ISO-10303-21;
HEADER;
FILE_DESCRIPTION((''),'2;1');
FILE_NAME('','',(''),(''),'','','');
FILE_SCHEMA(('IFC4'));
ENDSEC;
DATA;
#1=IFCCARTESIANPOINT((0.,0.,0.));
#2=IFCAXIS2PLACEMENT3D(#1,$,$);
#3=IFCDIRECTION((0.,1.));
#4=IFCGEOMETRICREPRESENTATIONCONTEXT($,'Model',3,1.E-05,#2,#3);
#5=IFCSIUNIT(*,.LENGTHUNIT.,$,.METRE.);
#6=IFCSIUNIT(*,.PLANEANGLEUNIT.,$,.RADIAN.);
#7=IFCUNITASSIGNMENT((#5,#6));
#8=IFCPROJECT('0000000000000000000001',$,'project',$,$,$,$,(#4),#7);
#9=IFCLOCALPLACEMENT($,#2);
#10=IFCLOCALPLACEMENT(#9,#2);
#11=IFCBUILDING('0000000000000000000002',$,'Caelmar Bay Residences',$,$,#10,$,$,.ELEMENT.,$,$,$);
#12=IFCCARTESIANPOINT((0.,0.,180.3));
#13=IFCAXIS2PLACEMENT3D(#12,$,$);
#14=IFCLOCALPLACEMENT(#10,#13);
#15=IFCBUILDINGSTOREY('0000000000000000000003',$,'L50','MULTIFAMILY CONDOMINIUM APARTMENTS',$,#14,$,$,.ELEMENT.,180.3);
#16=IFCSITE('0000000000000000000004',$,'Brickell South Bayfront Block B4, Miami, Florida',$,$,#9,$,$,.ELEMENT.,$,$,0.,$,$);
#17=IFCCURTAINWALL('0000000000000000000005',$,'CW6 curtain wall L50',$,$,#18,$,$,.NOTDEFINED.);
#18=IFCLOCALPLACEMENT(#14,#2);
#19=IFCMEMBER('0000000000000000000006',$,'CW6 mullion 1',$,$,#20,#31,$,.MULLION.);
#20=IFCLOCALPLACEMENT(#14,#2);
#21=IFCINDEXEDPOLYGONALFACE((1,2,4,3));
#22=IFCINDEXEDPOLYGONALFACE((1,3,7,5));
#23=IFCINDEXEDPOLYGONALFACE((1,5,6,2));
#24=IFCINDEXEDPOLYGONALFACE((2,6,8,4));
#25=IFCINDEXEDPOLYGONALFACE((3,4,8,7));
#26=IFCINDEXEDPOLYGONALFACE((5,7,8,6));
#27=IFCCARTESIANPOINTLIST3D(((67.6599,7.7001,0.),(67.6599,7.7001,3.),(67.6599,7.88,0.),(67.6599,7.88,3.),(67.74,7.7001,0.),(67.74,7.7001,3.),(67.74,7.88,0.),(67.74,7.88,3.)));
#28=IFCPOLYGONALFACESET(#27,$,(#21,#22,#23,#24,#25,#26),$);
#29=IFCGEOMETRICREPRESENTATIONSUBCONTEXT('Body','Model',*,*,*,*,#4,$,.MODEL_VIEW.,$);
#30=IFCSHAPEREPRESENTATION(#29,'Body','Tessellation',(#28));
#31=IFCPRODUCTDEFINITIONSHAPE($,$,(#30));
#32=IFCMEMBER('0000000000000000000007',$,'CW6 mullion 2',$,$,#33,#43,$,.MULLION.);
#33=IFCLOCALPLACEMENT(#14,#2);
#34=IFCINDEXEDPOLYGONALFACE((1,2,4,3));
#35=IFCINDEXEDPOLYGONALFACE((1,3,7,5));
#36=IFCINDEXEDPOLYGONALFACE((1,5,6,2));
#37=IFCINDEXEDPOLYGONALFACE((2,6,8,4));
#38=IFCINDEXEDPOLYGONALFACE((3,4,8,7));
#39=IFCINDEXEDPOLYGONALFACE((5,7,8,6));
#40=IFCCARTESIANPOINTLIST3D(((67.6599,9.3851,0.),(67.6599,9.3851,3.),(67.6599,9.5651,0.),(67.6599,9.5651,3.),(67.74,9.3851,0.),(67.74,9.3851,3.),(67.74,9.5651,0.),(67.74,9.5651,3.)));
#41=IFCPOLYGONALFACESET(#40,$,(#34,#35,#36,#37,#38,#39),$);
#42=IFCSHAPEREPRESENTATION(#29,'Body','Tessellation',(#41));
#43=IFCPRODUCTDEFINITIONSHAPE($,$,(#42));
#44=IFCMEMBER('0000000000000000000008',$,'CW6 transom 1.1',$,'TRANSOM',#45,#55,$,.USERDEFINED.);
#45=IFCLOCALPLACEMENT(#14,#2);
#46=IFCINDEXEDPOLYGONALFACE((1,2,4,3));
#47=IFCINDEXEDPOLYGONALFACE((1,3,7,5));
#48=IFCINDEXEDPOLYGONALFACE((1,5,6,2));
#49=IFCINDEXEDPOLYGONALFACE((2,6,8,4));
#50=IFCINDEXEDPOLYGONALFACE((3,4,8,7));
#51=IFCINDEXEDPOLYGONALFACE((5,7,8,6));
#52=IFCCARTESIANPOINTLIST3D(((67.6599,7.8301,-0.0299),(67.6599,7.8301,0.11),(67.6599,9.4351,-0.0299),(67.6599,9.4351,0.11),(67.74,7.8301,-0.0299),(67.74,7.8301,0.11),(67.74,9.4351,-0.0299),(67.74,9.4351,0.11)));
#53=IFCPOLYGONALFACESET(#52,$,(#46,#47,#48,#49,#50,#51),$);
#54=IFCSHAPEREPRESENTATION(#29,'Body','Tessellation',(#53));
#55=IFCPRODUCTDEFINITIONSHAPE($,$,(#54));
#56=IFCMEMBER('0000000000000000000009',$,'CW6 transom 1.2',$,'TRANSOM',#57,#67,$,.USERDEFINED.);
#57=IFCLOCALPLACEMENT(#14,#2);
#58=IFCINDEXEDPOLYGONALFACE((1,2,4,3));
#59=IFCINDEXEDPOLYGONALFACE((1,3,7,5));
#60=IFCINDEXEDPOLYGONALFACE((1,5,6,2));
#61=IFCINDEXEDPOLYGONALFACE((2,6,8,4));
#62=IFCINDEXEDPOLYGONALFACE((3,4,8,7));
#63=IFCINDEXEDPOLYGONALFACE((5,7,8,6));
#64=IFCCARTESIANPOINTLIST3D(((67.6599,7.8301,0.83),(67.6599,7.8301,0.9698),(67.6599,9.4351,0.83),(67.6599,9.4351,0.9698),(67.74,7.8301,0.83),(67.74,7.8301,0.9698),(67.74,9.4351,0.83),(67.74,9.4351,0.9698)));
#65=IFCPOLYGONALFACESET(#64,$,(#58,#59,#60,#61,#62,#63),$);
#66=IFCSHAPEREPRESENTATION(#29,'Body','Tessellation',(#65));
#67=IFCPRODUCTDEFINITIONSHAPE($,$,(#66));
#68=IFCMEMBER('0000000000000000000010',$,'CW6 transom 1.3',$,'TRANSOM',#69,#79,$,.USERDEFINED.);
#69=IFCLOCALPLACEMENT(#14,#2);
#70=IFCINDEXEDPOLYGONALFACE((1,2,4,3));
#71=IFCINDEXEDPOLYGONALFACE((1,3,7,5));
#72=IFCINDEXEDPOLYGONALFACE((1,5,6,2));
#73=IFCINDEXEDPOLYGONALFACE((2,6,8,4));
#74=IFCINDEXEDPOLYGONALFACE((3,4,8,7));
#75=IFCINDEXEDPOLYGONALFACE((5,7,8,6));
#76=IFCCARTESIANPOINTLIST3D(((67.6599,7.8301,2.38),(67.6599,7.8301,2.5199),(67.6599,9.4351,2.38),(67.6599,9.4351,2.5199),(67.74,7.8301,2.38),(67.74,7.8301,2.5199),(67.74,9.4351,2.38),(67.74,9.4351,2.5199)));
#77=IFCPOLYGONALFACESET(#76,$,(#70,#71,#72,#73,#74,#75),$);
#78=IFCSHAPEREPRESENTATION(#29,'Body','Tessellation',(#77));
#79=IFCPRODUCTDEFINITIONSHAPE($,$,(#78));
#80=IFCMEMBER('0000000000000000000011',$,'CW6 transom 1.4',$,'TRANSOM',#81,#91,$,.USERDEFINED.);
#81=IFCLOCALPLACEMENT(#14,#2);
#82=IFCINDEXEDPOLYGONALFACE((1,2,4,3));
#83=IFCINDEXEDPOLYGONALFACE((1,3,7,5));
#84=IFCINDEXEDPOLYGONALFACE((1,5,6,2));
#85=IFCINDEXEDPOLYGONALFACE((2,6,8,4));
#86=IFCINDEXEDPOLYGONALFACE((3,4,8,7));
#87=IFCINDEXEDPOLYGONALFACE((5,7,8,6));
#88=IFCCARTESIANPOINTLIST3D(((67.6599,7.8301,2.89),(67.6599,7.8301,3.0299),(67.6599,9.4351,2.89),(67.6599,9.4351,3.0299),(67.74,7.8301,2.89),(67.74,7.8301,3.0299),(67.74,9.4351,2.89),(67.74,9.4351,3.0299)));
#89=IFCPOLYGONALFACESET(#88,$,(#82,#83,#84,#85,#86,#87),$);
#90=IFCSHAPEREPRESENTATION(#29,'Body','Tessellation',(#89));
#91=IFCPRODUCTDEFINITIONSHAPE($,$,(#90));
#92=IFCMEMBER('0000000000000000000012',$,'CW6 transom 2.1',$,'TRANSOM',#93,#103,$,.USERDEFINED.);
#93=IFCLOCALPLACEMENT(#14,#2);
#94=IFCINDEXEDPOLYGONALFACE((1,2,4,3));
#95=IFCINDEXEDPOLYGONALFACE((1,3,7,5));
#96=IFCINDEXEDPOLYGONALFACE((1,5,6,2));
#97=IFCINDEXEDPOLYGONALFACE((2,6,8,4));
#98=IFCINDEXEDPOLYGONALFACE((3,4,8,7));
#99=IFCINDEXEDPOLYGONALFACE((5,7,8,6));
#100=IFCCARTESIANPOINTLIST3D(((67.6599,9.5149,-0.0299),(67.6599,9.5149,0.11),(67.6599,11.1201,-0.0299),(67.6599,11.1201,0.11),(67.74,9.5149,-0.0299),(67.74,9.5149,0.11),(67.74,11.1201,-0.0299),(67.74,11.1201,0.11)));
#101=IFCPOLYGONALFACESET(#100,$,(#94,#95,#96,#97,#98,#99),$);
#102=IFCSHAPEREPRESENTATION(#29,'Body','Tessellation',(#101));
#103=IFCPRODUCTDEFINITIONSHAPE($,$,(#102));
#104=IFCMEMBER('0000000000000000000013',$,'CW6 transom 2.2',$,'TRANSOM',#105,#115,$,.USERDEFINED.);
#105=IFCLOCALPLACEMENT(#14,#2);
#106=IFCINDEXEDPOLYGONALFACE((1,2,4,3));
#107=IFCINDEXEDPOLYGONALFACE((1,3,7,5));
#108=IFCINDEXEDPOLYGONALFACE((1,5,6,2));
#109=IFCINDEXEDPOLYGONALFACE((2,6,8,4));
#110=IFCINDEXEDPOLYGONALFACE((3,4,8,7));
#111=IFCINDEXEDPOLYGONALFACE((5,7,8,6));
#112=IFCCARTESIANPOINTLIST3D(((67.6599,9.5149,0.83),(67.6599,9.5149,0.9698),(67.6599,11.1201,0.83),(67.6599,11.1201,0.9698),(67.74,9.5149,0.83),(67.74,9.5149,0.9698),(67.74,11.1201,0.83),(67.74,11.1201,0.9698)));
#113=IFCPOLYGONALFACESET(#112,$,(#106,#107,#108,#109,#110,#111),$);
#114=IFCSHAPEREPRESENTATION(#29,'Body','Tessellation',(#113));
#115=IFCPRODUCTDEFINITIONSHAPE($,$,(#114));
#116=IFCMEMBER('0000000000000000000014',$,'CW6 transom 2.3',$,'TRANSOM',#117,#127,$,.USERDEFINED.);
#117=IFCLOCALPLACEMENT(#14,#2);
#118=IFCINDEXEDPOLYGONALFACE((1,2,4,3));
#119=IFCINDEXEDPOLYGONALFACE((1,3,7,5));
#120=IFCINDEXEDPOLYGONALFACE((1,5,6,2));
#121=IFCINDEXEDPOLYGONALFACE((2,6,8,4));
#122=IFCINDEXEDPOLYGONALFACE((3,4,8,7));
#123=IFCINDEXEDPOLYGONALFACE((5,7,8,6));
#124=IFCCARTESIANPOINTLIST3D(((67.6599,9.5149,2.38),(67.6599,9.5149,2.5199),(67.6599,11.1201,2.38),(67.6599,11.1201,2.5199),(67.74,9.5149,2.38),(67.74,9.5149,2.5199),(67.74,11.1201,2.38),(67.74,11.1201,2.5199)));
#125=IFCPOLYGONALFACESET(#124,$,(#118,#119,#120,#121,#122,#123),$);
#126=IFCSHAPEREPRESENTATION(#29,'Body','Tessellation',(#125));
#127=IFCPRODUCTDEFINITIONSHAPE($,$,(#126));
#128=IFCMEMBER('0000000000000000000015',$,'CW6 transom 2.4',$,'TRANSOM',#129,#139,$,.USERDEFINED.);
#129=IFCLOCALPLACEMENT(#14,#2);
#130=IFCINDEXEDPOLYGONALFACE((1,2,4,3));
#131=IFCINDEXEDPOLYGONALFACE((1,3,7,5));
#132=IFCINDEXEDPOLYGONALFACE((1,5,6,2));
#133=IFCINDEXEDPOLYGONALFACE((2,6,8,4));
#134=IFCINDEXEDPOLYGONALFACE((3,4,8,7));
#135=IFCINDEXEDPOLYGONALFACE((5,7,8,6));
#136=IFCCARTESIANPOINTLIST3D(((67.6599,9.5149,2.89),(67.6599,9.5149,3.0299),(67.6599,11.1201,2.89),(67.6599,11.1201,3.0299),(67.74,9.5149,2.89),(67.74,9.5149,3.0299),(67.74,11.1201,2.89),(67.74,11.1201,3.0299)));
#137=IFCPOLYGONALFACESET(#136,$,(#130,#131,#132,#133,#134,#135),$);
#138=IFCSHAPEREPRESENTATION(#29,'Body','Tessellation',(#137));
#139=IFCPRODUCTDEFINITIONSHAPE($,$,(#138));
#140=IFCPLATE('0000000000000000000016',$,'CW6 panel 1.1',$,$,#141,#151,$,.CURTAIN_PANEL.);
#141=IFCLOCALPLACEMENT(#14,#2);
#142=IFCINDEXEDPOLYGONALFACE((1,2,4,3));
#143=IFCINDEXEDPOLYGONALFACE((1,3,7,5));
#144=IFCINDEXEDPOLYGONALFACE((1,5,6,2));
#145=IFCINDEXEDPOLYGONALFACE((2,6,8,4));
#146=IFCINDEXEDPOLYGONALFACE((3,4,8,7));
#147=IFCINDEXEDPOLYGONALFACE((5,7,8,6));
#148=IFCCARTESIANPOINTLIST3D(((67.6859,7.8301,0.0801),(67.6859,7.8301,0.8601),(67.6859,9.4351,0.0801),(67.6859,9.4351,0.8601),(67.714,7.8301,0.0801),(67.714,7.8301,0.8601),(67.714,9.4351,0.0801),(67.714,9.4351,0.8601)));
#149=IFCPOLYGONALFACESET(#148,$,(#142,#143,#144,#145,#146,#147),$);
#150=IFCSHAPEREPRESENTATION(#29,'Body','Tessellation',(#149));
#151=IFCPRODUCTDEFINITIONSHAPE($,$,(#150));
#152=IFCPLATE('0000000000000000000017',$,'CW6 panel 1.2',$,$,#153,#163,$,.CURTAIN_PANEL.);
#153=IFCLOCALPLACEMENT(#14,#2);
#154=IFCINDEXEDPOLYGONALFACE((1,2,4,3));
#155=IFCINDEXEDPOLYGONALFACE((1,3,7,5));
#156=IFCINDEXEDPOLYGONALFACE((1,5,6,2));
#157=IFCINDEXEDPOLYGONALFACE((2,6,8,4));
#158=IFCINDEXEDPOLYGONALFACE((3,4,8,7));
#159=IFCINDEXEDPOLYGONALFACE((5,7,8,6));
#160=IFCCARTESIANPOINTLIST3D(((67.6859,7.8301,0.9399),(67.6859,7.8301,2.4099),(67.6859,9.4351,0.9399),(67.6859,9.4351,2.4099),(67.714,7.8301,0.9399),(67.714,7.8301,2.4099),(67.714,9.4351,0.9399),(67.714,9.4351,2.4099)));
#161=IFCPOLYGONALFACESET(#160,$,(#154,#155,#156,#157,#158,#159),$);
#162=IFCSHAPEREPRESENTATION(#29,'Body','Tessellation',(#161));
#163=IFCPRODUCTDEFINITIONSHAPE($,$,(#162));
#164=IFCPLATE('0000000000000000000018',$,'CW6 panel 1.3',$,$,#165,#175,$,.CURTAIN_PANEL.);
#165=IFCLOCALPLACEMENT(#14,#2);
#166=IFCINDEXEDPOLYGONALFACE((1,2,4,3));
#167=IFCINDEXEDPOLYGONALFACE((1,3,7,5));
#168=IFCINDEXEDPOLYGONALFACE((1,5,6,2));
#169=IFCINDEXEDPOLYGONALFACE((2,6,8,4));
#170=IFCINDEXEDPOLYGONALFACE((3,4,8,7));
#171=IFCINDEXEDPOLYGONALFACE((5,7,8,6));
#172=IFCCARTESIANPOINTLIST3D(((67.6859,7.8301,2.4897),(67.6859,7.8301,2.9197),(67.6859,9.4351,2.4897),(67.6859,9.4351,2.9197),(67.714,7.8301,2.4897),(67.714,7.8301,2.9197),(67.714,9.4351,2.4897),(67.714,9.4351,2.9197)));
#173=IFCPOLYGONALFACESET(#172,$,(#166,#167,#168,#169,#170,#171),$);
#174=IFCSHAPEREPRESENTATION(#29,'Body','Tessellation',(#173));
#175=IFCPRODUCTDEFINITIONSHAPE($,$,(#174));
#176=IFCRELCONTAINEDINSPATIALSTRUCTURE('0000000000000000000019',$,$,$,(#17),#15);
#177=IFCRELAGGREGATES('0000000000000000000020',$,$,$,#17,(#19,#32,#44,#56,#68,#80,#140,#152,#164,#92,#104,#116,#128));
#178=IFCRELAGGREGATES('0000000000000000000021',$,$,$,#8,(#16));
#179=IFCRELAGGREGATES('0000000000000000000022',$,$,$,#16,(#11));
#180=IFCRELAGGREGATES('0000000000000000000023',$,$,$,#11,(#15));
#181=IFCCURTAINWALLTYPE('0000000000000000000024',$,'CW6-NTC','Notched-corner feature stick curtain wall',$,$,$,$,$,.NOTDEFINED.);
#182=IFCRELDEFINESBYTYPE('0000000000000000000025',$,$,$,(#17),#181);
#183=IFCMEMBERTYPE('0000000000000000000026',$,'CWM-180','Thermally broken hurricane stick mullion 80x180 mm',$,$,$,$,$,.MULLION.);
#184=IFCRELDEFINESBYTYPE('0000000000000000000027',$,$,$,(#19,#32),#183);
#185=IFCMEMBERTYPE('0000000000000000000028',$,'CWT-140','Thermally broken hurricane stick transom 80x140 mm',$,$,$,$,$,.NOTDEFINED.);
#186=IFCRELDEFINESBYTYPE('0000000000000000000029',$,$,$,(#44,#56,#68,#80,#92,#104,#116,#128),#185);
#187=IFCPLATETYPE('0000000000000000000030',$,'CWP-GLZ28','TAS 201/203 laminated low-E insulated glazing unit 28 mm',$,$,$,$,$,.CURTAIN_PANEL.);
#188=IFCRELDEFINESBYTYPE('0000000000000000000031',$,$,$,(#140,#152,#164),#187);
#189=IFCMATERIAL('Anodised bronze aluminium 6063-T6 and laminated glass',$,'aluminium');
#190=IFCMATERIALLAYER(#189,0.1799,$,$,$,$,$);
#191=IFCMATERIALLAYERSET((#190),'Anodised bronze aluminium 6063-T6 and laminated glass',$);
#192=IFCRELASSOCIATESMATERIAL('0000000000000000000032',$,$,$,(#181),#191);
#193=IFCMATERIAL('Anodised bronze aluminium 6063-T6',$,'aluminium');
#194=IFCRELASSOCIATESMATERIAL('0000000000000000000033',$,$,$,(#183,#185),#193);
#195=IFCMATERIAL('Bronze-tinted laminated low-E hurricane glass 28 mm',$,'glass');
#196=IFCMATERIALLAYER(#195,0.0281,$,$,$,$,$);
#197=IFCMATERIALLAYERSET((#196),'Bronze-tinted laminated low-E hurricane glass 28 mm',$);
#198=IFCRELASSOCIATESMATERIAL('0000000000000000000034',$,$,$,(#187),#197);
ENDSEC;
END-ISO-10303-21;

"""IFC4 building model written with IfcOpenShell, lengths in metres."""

from ifc_helpers import new_model, si_unit, direction, frame, origin, origin_2d, place, context, subcontext, project, spatial, rectangle, extrude, material, layer, layer_set, material_profile, profile_set, type_object, element, aggregate, save


model = new_model("IFC4")

# Units and contexts
model_context = context("Model", 3, precision=1e-05, world=origin(), true_north=direction((0.0, 1.0)))
body_context = subcontext(model_context, "Body", "Model", "MODEL_VIEW")
ifc_project = project(units=[si_unit("LENGTHUNIT", "METRE"), si_unit("PLANEANGLEUNIT", "RADIAN")], contexts=[model_context])

# Site, building, storey
site_placement = place(None, origin())
site = spatial("IfcSite", under=ifc_project, at=site_placement, Name="Brickell South Bayfront Block B4, Miami, Florida", CompositionType="ELEMENT", RefElevation=0.0)
building_placement = place(site_placement, origin())
building = spatial("IfcBuilding", under=site, at=building_placement, Name="Caelmar Bay Residences", CompositionType="ELEMENT")
storey_placement = place(building_placement, frame((0.0, 0.0, 180.3)))
storey = spatial("IfcBuildingStorey", under=building, at=storey_placement, Name="L50", Description="MULTIFAMILY CONDOMINIUM APARTMENTS", CompositionType="ELEMENT", Elevation=180.3)

# Curtain wall, members, plates
ifc_material_1 = material(Name="Anodised bronze aluminium 6063-T6 and laminated glass", Category="aluminium")
ifc_layer_1 = layer(ifc_material_1, 0.1799)
ifc_layer_set_1 = layer_set([ifc_layer_1], Name="Anodised bronze aluminium 6063-T6 and laminated glass")
curtain_wall_type = type_object("IfcCurtainWallType", Name="CW6-NTC", Description="Notched-corner feature stick curtain wall", PredefinedType="NOTDEFINED", material=ifc_layer_set_1)
curtain_wall_placement = place(storey_placement, origin())
curtain_wall = element("IfcCurtainWall", 1, at=curtain_wall_placement, inside=storey, type_object=curtain_wall_type, Name="CW6 curtain wall L50", PredefinedType="NOTDEFINED")
ifc_material_2 = material(Name="Anodised bronze aluminium 6063-T6", Category="aluminium")
ifc_material_profile_1 = material_profile(ifc_material_2, rectangle(XDim=0.0801, YDim=0.1799, at=origin_2d()), Name="CWM-80X180")
ifc_profile_set_1 = profile_set([ifc_material_profile_1], Name="Anodised bronze aluminium 6063-T6")
member_type_1 = type_object("IfcMemberType", Name="CWM-180", Description="Thermally broken hurricane stick mullion 80x180 mm", PredefinedType="MULLION", material=ifc_profile_set_1)
member_1_placement = place(storey_placement, frame((67.7, 7.79, 0.0), z_axis=(0.0, 0.0, 1.0), x_axis=(-1.0, 0.0, 0.0)))
member_1 = element("IfcMember", 2, at=member_1_placement, type_object=member_type_1, Name="CW6 mullion 1", PredefinedType="MULLION", context=body_context, shape_type="SweptSolid", body=[
    extrude(rectangle(XDim=0.0801, YDim=0.1799, at=origin_2d()), origin(), (0.0, 0.0, 1.0), 3.0),
])
member_2_placement = place(storey_placement, frame((67.7, 9.4751, 0.0), z_axis=(0.0, 0.0, 1.0), x_axis=(-1.0, 0.0, 0.0)))
member_2 = element("IfcMember", 3, at=member_2_placement, type_object=member_type_1, Name="CW6 mullion 2", PredefinedType="MULLION", context=body_context, shape_type="SweptSolid", body=[
    extrude(rectangle(XDim=0.0801, YDim=0.1799, at=origin_2d()), origin(), (0.0, 0.0, 1.0), 3.0),
])
ifc_material_profile_2 = material_profile(ifc_material_2, rectangle(XDim=0.0801, YDim=0.1399, at=origin_2d()), Name="CWT-80X140")
ifc_profile_set_2 = profile_set([ifc_material_profile_2], Name="Anodised bronze aluminium 6063-T6")
member_type_2 = type_object("IfcMemberType", Name="CWT-140", Description="Thermally broken hurricane stick transom 80x140 mm", PredefinedType="NOTDEFINED", material=ifc_profile_set_2)
member_3_placement = place(storey_placement, frame((67.7, 7.8301, 0.04), z_axis=(0.0, 1.0, 0.0), x_axis=(-1.0, 0.0, 0.0)))
member_3 = element("IfcMember", 4, at=member_3_placement, type_object=member_type_2, Name="CW6 transom 1.1", ObjectType="TRANSOM", PredefinedType="USERDEFINED", context=body_context, shape_type="SweptSolid", body=[
    extrude(rectangle(XDim=0.0801, YDim=0.1399, at=origin_2d()), origin(), (0.0, 0.0, 1.0), 1.605),
])
member_4_placement = place(storey_placement, frame((67.7, 7.8301, 0.8999), z_axis=(0.0, 1.0, 0.0), x_axis=(-1.0, 0.0, 0.0)))
member_4 = element("IfcMember", 5, at=member_4_placement, type_object=member_type_2, Name="CW6 transom 1.2", ObjectType="TRANSOM", PredefinedType="USERDEFINED", context=body_context, shape_type="SweptSolid", body=[
    extrude(rectangle(XDim=0.0801, YDim=0.1399, at=origin_2d()), origin(), (0.0, 0.0, 1.0), 1.605),
])
member_5_placement = place(storey_placement, frame((67.7, 7.8301, 2.45), z_axis=(0.0, 1.0, 0.0), x_axis=(-1.0, 0.0, 0.0)))
member_5 = element("IfcMember", 6, at=member_5_placement, type_object=member_type_2, Name="CW6 transom 1.3", ObjectType="TRANSOM", PredefinedType="USERDEFINED", context=body_context, shape_type="SweptSolid", body=[
    extrude(rectangle(XDim=0.0801, YDim=0.1399, at=origin_2d()), origin(), (0.0, 0.0, 1.0), 1.605),
])
member_6_placement = place(storey_placement, frame((67.7, 7.8301, 2.96), z_axis=(0.0, 1.0, 0.0), x_axis=(-1.0, 0.0, 0.0)))
member_6 = element("IfcMember", 7, at=member_6_placement, type_object=member_type_2, Name="CW6 transom 1.4", ObjectType="TRANSOM", PredefinedType="USERDEFINED", context=body_context, shape_type="SweptSolid", body=[
    extrude(rectangle(XDim=0.0801, YDim=0.1399, at=origin_2d()), origin(), (0.0, 0.0, 1.0), 1.605),
])
member_7_placement = place(storey_placement, frame((67.7, 9.5149, 0.04), z_axis=(0.0, 1.0, 0.0), x_axis=(-1.0, 0.0, 0.0)))
member_7 = element("IfcMember", 8, at=member_7_placement, type_object=member_type_2, Name="CW6 transom 2.1", ObjectType="TRANSOM", PredefinedType="USERDEFINED", context=body_context, shape_type="SweptSolid", body=[
    extrude(rectangle(XDim=0.0801, YDim=0.1399, at=origin_2d()), origin(), (0.0, 0.0, 1.0), 1.6052),
])
member_8_placement = place(storey_placement, frame((67.7, 9.5149, 0.8999), z_axis=(0.0, 1.0, 0.0), x_axis=(-1.0, 0.0, 0.0)))
member_8 = element("IfcMember", 9, at=member_8_placement, type_object=member_type_2, Name="CW6 transom 2.2", ObjectType="TRANSOM", PredefinedType="USERDEFINED", context=body_context, shape_type="SweptSolid", body=[
    extrude(rectangle(XDim=0.0801, YDim=0.1399, at=origin_2d()), origin(), (0.0, 0.0, 1.0), 1.6052),
])
member_9_placement = place(storey_placement, frame((67.7, 9.5149, 2.45), z_axis=(0.0, 1.0, 0.0), x_axis=(-1.0, 0.0, 0.0)))
member_9 = element("IfcMember", 10, at=member_9_placement, type_object=member_type_2, Name="CW6 transom 2.3", ObjectType="TRANSOM", PredefinedType="USERDEFINED", context=body_context, shape_type="SweptSolid", body=[
    extrude(rectangle(XDim=0.0801, YDim=0.1399, at=origin_2d()), origin(), (0.0, 0.0, 1.0), 1.6052),
])
member_10_placement = place(storey_placement, frame((67.7, 9.5149, 2.96), z_axis=(0.0, 1.0, 0.0), x_axis=(-1.0, 0.0, 0.0)))
member_10 = element("IfcMember", 11, at=member_10_placement, type_object=member_type_2, Name="CW6 transom 2.4", ObjectType="TRANSOM", PredefinedType="USERDEFINED", context=body_context, shape_type="SweptSolid", body=[
    extrude(rectangle(XDim=0.0801, YDim=0.1399, at=origin_2d()), origin(), (0.0, 0.0, 1.0), 1.6052),
])
ifc_material_3 = material(Name="Bronze-tinted laminated low-E hurricane glass 28 mm", Category="glass")
ifc_layer_2 = layer(ifc_material_3, 0.0281)
ifc_layer_set_2 = layer_set([ifc_layer_2], Name="Bronze-tinted laminated low-E hurricane glass 28 mm")
plate_type = type_object("IfcPlateType", Name="CWP-GLZ28", Description="TAS 201/203 laminated low-E insulated glazing unit 28 mm", PredefinedType="CURTAIN_PANEL", material=ifc_layer_set_2)
plate_1_placement = place(storey_placement, frame((67.7, 8.6326, 0.0801), z_axis=(0.0, 0.0, 1.0), x_axis=(0.0, 1.0, 0.0)))
plate_1 = element("IfcPlate", 12, at=plate_1_placement, type_object=plate_type, Name="CW6 panel 1.1", PredefinedType="CURTAIN_PANEL", context=body_context, shape_type="SweptSolid", body=[
    extrude(rectangle(XDim=1.605, YDim=0.0281, at=origin_2d()), origin(), (0.0, 0.0, 1.0), 0.78),
])
plate_2_placement = place(storey_placement, frame((67.7, 8.6326, 0.9399), z_axis=(0.0, 0.0, 1.0), x_axis=(0.0, 1.0, 0.0)))
plate_2 = element("IfcPlate", 13, at=plate_2_placement, type_object=plate_type, Name="CW6 panel 1.2", PredefinedType="CURTAIN_PANEL", context=body_context, shape_type="SweptSolid", body=[
    extrude(rectangle(XDim=1.605, YDim=0.0281, at=origin_2d()), origin(), (0.0, 0.0, 1.0), 1.47),
])
plate_3_placement = place(storey_placement, frame((67.7, 8.6326, 2.4897), z_axis=(0.0, 0.0, 1.0), x_axis=(0.0, 1.0, 0.0)))
plate_3 = element("IfcPlate", 14, at=plate_3_placement, type_object=plate_type, Name="CW6 panel 1.3", PredefinedType="CURTAIN_PANEL", context=body_context, shape_type="SweptSolid", body=[
    extrude(rectangle(XDim=1.605, YDim=0.0281, at=origin_2d()), origin(), (0.0, 0.0, 1.0), 0.4299),
])
aggregate(curtain_wall, [member_1, member_2, member_3, member_4, member_5, member_6, plate_1, plate_2, plate_3, member_7, member_8, member_9, member_10])

save(model, "model.ifc")
